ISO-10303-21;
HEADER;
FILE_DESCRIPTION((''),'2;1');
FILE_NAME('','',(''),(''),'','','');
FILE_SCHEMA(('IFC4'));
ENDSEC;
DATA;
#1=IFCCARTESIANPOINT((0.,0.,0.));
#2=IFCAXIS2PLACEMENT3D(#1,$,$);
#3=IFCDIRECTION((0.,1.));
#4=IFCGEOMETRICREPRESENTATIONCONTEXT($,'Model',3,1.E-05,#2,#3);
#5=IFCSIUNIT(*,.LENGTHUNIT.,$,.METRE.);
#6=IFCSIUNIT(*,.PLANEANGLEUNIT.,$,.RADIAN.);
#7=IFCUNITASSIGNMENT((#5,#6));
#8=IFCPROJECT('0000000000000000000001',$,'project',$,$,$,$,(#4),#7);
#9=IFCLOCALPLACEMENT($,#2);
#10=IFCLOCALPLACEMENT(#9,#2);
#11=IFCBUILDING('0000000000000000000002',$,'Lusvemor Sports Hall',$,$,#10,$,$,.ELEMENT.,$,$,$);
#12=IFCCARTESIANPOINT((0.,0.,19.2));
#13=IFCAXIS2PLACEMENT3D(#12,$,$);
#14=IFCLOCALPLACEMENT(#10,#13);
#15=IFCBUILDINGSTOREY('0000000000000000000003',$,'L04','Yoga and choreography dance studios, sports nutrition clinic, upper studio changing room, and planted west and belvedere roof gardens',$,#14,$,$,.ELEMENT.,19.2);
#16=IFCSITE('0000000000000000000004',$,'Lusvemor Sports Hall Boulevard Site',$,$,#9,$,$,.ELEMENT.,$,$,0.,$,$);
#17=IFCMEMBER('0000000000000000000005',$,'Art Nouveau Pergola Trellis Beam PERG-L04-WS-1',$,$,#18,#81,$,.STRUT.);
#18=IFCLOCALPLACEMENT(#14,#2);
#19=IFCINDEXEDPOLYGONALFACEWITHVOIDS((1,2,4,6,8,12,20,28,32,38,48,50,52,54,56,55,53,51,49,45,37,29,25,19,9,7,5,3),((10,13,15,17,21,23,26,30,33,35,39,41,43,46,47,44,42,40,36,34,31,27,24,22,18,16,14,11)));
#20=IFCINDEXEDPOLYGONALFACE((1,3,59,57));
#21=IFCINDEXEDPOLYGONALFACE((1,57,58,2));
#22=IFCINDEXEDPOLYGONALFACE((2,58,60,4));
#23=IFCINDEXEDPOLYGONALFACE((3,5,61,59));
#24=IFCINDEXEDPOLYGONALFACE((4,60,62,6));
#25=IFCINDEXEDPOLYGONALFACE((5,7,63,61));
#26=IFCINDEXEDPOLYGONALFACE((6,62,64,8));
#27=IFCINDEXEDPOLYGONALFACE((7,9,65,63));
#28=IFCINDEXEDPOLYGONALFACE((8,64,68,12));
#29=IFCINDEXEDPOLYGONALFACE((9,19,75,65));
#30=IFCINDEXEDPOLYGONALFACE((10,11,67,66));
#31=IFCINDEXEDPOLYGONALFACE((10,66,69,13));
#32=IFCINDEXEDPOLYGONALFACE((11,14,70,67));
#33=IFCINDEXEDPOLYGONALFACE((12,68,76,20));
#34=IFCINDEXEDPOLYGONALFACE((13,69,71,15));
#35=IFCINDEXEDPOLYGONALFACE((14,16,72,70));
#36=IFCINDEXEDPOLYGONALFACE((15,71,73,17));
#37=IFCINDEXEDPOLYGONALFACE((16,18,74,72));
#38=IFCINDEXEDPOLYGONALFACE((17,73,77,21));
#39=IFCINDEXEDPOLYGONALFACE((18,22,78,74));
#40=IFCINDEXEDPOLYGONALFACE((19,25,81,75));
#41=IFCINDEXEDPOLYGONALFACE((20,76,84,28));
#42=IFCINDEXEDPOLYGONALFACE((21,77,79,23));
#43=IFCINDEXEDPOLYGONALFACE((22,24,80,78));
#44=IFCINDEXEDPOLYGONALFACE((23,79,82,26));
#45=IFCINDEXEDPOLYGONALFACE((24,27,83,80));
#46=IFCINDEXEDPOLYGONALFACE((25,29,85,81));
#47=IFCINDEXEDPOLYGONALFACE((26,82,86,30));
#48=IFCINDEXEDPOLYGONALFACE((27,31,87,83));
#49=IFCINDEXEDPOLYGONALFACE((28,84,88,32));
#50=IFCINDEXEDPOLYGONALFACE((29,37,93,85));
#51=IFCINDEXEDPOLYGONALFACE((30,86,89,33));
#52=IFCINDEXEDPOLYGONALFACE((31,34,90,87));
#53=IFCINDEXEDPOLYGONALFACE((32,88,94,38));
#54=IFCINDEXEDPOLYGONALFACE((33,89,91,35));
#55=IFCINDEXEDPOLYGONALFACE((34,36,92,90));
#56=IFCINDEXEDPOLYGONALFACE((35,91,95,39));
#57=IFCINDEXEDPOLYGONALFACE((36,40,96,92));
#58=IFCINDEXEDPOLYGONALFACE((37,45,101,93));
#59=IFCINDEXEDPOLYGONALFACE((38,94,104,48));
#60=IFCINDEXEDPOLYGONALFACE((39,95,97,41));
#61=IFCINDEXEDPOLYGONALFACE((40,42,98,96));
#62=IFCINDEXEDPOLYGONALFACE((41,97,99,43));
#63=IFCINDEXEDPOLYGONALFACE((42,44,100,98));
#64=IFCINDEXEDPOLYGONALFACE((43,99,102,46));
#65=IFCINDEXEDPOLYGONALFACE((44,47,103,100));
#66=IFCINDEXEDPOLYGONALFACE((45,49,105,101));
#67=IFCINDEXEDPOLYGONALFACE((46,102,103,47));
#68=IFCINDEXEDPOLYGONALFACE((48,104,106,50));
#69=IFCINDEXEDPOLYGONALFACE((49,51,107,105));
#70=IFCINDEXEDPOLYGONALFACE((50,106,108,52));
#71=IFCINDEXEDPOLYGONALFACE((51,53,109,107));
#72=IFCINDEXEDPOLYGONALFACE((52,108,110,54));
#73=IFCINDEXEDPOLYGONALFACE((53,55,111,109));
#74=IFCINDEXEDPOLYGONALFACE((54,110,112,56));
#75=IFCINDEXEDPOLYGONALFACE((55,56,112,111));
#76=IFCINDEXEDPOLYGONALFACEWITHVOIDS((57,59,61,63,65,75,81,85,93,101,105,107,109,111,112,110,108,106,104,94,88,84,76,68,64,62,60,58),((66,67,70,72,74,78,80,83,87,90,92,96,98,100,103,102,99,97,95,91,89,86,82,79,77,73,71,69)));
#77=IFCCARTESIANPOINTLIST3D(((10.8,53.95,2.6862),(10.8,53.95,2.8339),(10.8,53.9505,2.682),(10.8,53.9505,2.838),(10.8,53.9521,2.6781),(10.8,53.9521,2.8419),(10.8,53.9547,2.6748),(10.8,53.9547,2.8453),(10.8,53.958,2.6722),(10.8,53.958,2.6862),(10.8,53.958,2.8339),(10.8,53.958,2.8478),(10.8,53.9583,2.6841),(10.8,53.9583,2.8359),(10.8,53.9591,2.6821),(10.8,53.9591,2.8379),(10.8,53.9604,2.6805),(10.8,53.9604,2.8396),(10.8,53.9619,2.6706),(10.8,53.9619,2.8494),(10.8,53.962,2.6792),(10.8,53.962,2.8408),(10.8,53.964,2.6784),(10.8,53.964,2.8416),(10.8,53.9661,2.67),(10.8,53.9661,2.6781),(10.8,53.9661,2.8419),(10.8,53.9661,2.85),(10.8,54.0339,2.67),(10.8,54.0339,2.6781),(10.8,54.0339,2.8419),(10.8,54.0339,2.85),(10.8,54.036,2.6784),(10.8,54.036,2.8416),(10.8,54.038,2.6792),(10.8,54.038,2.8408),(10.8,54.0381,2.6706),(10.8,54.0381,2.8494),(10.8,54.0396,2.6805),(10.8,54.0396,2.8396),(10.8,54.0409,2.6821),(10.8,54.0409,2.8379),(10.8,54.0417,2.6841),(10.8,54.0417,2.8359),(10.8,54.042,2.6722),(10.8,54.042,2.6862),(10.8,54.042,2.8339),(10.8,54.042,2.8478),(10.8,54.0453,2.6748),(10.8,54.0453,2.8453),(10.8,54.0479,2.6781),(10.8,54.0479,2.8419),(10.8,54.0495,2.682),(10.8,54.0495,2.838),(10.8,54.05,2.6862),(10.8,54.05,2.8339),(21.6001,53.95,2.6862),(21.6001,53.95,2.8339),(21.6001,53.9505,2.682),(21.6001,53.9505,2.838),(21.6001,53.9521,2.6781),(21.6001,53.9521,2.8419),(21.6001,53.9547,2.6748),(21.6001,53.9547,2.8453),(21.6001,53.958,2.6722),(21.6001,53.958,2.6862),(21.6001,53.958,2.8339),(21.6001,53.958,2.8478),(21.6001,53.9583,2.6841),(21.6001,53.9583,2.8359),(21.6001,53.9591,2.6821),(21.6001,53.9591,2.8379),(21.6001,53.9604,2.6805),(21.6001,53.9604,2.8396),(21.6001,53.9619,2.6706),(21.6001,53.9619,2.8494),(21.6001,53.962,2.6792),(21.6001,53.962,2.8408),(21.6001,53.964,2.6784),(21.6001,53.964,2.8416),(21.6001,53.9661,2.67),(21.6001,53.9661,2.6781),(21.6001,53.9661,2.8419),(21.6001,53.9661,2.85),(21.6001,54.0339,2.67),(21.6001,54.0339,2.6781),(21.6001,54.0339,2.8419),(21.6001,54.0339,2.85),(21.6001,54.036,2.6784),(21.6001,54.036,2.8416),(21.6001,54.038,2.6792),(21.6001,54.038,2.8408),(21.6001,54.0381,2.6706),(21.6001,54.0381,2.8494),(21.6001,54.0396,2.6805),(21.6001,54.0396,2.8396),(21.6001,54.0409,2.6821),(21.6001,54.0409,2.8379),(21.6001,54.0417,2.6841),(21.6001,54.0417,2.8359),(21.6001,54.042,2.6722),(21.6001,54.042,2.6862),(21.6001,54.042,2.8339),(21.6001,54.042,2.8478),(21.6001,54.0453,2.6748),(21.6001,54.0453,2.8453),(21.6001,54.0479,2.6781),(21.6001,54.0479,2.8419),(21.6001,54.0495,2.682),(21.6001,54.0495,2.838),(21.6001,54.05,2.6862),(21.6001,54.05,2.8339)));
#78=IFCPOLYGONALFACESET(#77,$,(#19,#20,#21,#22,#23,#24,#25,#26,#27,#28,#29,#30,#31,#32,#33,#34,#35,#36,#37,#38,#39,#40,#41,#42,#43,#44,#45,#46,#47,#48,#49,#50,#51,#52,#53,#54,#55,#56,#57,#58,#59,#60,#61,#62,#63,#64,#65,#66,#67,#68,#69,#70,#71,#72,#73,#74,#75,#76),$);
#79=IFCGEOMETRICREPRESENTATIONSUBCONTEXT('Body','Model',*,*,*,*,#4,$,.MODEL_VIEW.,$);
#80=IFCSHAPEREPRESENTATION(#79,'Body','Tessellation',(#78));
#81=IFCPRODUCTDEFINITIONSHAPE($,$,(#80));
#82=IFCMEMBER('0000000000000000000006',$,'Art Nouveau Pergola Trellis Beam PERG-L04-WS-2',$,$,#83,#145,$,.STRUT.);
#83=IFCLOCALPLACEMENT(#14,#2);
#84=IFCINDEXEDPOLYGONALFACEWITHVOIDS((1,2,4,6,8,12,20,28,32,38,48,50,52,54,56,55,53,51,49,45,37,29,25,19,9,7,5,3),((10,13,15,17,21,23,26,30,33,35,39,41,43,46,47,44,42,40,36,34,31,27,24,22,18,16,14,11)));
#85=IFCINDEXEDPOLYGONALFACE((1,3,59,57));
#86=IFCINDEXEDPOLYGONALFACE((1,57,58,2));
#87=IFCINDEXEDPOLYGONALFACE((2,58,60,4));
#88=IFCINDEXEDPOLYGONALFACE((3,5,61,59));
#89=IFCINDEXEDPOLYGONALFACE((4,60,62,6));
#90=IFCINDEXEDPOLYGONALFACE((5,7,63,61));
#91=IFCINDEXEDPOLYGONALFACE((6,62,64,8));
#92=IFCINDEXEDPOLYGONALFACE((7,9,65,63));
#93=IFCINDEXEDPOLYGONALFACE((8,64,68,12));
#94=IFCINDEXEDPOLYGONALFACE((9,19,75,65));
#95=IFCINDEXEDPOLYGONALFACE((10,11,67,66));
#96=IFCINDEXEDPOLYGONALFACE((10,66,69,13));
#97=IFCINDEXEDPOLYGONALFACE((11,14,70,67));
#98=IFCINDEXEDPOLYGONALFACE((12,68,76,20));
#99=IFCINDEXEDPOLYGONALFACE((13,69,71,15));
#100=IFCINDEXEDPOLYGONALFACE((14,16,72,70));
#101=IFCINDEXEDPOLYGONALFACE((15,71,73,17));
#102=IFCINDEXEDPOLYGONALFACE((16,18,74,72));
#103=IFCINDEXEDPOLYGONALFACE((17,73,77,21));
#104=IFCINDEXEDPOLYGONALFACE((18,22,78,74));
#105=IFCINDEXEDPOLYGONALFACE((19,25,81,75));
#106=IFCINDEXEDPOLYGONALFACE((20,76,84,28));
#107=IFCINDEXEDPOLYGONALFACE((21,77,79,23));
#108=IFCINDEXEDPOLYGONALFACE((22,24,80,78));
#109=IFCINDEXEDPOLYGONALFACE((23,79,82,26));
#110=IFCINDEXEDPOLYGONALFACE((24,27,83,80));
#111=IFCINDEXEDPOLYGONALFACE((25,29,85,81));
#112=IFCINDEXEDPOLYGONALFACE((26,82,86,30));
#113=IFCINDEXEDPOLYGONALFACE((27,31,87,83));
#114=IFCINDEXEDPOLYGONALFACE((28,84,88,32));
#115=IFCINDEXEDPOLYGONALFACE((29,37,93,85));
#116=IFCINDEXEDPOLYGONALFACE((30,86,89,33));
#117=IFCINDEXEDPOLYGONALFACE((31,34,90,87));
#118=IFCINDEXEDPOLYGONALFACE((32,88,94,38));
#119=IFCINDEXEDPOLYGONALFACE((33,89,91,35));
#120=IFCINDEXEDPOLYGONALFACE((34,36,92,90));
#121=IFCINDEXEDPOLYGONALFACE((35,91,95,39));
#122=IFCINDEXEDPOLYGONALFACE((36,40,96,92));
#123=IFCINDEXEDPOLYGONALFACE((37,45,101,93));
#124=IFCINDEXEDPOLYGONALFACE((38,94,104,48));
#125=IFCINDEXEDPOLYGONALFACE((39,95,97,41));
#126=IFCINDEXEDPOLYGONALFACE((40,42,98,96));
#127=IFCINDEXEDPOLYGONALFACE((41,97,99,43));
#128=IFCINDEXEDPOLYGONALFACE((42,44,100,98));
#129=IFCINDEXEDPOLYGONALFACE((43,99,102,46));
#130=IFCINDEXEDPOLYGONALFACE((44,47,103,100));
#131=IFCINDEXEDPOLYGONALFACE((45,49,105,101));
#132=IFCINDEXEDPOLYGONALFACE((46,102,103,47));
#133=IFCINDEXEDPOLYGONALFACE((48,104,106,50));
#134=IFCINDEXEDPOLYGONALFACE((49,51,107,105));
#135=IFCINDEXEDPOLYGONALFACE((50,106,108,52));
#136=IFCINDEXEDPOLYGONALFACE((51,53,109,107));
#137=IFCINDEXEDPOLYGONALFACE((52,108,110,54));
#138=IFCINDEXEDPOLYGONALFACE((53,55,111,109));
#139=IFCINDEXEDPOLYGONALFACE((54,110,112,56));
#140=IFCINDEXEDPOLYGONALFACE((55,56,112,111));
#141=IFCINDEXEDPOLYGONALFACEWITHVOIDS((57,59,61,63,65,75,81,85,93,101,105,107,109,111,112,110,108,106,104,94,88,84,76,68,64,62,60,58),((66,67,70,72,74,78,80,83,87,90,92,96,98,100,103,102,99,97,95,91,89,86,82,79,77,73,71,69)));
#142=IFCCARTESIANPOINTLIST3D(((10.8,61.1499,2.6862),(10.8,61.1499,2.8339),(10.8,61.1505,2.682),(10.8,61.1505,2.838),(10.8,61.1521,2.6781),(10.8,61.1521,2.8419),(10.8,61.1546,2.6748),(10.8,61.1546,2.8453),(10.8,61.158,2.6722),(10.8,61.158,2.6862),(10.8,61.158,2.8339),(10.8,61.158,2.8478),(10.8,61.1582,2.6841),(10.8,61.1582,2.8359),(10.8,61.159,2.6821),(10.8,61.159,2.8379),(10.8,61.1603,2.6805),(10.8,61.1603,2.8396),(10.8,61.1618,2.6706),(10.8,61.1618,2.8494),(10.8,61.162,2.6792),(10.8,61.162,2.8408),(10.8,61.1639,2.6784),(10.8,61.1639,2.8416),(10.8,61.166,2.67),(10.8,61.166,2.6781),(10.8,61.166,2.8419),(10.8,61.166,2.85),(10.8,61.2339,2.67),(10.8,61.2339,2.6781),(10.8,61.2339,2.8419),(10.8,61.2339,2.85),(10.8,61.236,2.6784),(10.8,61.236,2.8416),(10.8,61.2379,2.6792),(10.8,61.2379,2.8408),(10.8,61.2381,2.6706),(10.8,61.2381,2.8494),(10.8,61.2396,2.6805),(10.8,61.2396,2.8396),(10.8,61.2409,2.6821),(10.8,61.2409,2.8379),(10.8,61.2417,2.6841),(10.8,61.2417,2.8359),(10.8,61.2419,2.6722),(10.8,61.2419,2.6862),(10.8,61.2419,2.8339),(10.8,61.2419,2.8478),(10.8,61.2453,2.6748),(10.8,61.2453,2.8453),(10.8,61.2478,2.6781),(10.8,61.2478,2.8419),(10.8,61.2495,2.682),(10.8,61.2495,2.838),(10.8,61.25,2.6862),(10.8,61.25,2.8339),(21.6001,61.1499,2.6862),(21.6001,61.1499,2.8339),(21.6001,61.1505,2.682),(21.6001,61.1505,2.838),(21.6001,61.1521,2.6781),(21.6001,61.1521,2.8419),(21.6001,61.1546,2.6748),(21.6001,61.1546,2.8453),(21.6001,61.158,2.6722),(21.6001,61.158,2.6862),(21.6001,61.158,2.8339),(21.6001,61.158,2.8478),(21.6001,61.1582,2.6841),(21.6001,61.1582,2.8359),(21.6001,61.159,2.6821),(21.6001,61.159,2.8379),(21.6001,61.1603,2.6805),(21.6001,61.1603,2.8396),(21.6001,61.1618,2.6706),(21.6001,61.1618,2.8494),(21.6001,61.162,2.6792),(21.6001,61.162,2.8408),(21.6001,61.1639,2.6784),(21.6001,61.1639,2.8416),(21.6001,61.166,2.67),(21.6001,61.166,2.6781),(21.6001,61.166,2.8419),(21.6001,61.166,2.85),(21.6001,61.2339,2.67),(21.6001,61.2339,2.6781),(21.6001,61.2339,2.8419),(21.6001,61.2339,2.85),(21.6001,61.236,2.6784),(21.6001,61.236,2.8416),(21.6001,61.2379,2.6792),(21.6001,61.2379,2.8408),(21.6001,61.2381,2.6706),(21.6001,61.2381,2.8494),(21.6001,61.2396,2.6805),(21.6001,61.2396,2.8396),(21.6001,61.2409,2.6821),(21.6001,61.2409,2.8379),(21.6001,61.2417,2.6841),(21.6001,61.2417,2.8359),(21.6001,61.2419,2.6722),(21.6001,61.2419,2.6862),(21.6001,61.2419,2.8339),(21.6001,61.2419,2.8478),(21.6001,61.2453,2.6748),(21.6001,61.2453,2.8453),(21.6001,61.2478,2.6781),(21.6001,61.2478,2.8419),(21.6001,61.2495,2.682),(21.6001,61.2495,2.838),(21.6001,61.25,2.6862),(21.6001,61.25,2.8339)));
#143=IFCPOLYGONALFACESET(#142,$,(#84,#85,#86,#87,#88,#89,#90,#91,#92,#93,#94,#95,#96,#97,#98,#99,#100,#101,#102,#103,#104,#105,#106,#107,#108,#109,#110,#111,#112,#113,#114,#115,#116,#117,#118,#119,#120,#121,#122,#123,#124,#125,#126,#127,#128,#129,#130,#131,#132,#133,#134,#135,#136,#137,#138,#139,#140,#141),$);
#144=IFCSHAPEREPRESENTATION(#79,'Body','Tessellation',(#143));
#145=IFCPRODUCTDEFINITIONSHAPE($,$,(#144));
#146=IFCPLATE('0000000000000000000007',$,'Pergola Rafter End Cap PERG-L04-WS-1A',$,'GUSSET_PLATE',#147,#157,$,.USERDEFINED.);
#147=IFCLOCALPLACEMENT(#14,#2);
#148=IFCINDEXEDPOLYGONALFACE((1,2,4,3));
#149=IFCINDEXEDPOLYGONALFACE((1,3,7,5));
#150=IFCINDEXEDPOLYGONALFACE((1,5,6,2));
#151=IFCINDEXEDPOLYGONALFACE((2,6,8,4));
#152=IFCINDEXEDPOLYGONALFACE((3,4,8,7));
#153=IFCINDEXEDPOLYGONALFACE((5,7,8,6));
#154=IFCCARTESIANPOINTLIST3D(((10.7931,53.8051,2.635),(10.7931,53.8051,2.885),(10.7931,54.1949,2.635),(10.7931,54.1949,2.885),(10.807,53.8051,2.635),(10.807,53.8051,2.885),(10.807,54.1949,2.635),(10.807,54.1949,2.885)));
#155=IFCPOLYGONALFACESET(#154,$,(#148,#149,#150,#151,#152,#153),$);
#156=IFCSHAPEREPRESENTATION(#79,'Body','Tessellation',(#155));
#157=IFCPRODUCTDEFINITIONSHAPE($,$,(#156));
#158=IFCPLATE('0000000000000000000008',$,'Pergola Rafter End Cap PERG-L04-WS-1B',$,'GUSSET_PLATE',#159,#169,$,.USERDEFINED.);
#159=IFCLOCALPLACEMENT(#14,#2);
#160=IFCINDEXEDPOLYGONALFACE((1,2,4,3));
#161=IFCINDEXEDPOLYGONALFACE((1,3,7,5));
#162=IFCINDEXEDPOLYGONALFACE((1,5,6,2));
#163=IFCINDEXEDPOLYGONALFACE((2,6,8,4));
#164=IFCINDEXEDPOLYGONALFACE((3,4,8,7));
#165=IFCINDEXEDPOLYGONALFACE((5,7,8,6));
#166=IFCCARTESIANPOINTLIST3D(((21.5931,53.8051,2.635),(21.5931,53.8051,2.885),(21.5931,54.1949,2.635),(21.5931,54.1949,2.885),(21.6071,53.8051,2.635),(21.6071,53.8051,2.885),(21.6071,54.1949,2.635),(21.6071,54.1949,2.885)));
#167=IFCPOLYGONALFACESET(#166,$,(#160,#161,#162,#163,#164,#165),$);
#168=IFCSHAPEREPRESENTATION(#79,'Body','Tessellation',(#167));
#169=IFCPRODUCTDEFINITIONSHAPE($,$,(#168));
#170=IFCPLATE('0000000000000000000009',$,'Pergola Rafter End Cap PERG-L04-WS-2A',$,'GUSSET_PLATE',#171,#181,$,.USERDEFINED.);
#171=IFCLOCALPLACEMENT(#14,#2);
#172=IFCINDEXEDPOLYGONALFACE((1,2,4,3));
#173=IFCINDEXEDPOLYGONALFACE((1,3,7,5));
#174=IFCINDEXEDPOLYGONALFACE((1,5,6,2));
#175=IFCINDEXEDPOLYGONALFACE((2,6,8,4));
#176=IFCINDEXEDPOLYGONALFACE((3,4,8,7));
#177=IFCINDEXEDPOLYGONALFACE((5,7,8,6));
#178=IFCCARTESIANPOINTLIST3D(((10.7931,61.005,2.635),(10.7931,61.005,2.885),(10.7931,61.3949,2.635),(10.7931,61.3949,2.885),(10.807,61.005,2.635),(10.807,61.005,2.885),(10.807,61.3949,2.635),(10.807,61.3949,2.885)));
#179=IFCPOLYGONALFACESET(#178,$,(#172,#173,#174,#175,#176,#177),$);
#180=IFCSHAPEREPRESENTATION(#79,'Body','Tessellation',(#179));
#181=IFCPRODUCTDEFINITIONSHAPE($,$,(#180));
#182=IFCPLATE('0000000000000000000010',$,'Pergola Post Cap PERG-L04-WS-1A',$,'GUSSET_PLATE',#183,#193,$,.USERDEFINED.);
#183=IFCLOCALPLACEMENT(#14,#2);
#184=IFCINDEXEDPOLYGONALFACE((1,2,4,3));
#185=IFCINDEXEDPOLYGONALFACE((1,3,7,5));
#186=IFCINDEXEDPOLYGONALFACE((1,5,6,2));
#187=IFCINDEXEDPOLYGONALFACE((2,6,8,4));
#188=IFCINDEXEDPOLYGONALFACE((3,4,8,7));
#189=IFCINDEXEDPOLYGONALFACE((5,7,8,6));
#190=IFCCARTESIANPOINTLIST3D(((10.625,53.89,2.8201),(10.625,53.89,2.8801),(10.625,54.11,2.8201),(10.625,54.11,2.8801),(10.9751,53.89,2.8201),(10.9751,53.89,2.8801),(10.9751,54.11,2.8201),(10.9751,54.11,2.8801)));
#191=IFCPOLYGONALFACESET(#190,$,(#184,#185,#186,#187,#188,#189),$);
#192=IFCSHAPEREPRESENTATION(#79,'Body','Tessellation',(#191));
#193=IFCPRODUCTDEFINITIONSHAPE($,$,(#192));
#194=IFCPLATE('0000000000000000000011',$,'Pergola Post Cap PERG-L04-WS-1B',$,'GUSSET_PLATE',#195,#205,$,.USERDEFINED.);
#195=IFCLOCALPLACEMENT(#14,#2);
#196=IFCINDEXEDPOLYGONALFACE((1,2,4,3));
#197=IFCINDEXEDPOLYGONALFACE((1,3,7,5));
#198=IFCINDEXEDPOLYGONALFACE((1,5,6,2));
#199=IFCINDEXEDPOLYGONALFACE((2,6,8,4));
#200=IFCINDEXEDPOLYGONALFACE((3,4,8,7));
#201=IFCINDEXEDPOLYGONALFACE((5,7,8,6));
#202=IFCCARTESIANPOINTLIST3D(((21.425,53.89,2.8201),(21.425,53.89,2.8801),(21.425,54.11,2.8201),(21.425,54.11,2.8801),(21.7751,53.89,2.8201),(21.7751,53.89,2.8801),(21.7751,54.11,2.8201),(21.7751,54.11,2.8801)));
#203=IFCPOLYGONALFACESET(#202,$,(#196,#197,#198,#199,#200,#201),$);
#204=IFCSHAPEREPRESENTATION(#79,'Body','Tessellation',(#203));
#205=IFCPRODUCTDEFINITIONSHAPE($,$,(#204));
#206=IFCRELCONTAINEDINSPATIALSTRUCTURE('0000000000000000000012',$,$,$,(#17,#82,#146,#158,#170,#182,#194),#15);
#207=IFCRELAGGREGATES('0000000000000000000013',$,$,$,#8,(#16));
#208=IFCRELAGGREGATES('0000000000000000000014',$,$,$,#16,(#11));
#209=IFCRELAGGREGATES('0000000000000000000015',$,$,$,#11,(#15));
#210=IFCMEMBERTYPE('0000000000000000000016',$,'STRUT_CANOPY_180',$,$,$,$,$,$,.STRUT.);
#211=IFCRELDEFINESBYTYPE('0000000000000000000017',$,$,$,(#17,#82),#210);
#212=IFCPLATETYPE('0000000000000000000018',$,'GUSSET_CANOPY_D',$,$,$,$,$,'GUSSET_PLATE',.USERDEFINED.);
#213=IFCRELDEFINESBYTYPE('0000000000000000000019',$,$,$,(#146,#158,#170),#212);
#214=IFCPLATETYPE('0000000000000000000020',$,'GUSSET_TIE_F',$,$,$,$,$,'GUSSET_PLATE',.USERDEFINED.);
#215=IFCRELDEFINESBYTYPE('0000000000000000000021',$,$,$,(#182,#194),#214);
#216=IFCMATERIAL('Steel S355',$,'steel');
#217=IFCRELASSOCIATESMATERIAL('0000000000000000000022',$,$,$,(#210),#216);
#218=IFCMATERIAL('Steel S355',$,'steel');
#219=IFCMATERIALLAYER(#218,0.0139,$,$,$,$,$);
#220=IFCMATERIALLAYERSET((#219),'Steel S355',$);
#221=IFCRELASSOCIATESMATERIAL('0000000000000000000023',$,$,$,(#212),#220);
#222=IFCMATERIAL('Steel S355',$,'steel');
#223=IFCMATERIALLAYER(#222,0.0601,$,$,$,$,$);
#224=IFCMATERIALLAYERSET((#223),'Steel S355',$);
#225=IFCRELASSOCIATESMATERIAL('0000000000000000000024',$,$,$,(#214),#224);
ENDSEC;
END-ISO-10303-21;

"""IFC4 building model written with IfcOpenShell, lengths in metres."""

from ifc_helpers import new_model, si_unit, direction, frame, origin, origin_2d, place, context, subcontext, project, spatial, rectangle, hollow_rectangle, extrude, material, layer, layer_set, material_profile, profile_set, type_object, element, save


model = new_model("IFC4")

# Units and contexts
model_context = context("Model", 3, precision=1e-05, world=origin(), true_north=direction((0.0, 1.0)))
body_context = subcontext(model_context, "Body", "Model", "MODEL_VIEW")
ifc_project = project(units=[si_unit("LENGTHUNIT", "METRE"), si_unit("PLANEANGLEUNIT", "RADIAN")], contexts=[model_context])

# Site, building, storey
site_placement = place(None, origin())
site = spatial("IfcSite", under=ifc_project, at=site_placement, Name="Lusvemor Sports Hall Boulevard Site", CompositionType="ELEMENT", RefElevation=0.0)
building_placement = place(site_placement, origin())
building = spatial("IfcBuilding", under=site, at=building_placement, Name="Lusvemor Sports Hall", CompositionType="ELEMENT")
storey_placement = place(building_placement, frame((0.0, 0.0, 19.2)))
storey = spatial("IfcBuildingStorey", under=building, at=storey_placement, Name="L04", Description="Yoga and choreography dance studios, sports nutrition clinic, upper studio changing room, and planted west and belvedere roof gardens", CompositionType="ELEMENT", Elevation=19.2)

# Members
ifc_material_1 = material(Name="Steel S355", Category="steel")
ifc_material_profile_1 = material_profile(ifc_material_1, hollow_rectangle(XDim=0.1001, YDim=0.1799, WallThickness=0.0081, InnerFilletRadius=0.0081, OuterFilletRadius=0.0161, at=origin_2d()), Name="RHS180x100x8")
ifc_profile_set_1 = profile_set([ifc_material_profile_1], Name="Steel S355")
member_type_1 = type_object("IfcMemberType", Name="STRUT_CANOPY_180", PredefinedType="STRUT", material=ifc_profile_set_1)
for number, where, z_axis, x_axis, name in (
    (1, (10.8, 54.0, 2.76), (1.0, 0.0, 0.0), (0.0, 1.0, 0.0), "Art Nouveau Pergola Trellis Beam PERG-L04-WS-1"),
    (2, (10.8, 61.2, 2.76), (1.0, 0.0, 0.0), (0.0, 1.0, 0.0), "Art Nouveau Pergola Trellis Beam PERG-L04-WS-2"),
):
    element("IfcMember", number, at=place(storey_placement, frame(where, z_axis=z_axis, x_axis=x_axis)), inside=storey, type_object=member_type_1, Name=name, PredefinedType="STRUT", context=body_context, shape_type="SweptSolid", body=[
        extrude(hollow_rectangle(XDim=0.1001, YDim=0.1799, WallThickness=0.0081, InnerFilletRadius=0.0081, OuterFilletRadius=0.0161, at=origin_2d()), origin(), (0.0, 0.0, 1.0), 10.8),
    ])

# Plates
ifc_material_2 = material(Name="Steel S355", Category="steel")
ifc_layer_1 = layer(ifc_material_2, 0.0139)
ifc_layer_set_1 = layer_set([ifc_layer_1], Name="Steel S355")
plate_type_1 = type_object("IfcPlateType", Name="GUSSET_CANOPY_D", ElementType="GUSSET_PLATE", PredefinedType="USERDEFINED", material=ifc_layer_set_1)
for number, where, z_axis, x_axis, name in (
    (3, (10.8, 54.0, 2.635), (0.0, 0.0, 1.0), (1.0, 0.0, 0.0), "Pergola Rafter End Cap PERG-L04-WS-1A"),
    (4, (21.6001, 54.0, 2.635), (0.0, 0.0, 1.0), (1.0, 0.0, 0.0), "Pergola Rafter End Cap PERG-L04-WS-1B"),
    (5, (10.8, 61.2, 2.635), (0.0, 0.0, 1.0), (1.0, 0.0, 0.0), "Pergola Rafter End Cap PERG-L04-WS-2A"),
):
    element("IfcPlate", number, at=place(storey_placement, frame(where, z_axis=z_axis, x_axis=x_axis)), inside=storey, type_object=plate_type_1, Name=name, ObjectType="GUSSET_PLATE", PredefinedType="USERDEFINED", context=body_context, shape_type="SweptSolid", body=[
        extrude(rectangle(XDim=0.0139, YDim=0.3899, at=origin_2d()), origin(), (0.0, 0.0, 1.0), 0.25),
    ])
ifc_material_3 = material(Name="Steel S355", Category="steel")
ifc_layer_2 = layer(ifc_material_3, 0.0601)
ifc_layer_set_2 = layer_set([ifc_layer_2], Name="Steel S355")
plate_type_2 = type_object("IfcPlateType", Name="GUSSET_TIE_F", ElementType="GUSSET_PLATE", PredefinedType="USERDEFINED", material=ifc_layer_set_2)
for number, where, z_axis, x_axis, name in (
    (6, (10.8, 54.0, 2.8201), (0.0, 0.0, 1.0), (1.0, 0.0, 0.0), "Pergola Post Cap PERG-L04-WS-1A"),
    (7, (21.6001, 54.0, 2.8201), (0.0, 0.0, 1.0), (1.0, 0.0, 0.0), "Pergola Post Cap PERG-L04-WS-1B"),
):
    element("IfcPlate", number, at=place(storey_placement, frame(where, z_axis=z_axis, x_axis=x_axis)), inside=storey, type_object=plate_type_2, Name=name, ObjectType="GUSSET_PLATE", PredefinedType="USERDEFINED", context=body_context, shape_type="SweptSolid", body=[
        extrude(rectangle(XDim=0.3501, YDim=0.22, at=origin_2d()), origin(), (0.0, 0.0, 1.0), 0.0601),
    ])

save(model, "model.ifc")
